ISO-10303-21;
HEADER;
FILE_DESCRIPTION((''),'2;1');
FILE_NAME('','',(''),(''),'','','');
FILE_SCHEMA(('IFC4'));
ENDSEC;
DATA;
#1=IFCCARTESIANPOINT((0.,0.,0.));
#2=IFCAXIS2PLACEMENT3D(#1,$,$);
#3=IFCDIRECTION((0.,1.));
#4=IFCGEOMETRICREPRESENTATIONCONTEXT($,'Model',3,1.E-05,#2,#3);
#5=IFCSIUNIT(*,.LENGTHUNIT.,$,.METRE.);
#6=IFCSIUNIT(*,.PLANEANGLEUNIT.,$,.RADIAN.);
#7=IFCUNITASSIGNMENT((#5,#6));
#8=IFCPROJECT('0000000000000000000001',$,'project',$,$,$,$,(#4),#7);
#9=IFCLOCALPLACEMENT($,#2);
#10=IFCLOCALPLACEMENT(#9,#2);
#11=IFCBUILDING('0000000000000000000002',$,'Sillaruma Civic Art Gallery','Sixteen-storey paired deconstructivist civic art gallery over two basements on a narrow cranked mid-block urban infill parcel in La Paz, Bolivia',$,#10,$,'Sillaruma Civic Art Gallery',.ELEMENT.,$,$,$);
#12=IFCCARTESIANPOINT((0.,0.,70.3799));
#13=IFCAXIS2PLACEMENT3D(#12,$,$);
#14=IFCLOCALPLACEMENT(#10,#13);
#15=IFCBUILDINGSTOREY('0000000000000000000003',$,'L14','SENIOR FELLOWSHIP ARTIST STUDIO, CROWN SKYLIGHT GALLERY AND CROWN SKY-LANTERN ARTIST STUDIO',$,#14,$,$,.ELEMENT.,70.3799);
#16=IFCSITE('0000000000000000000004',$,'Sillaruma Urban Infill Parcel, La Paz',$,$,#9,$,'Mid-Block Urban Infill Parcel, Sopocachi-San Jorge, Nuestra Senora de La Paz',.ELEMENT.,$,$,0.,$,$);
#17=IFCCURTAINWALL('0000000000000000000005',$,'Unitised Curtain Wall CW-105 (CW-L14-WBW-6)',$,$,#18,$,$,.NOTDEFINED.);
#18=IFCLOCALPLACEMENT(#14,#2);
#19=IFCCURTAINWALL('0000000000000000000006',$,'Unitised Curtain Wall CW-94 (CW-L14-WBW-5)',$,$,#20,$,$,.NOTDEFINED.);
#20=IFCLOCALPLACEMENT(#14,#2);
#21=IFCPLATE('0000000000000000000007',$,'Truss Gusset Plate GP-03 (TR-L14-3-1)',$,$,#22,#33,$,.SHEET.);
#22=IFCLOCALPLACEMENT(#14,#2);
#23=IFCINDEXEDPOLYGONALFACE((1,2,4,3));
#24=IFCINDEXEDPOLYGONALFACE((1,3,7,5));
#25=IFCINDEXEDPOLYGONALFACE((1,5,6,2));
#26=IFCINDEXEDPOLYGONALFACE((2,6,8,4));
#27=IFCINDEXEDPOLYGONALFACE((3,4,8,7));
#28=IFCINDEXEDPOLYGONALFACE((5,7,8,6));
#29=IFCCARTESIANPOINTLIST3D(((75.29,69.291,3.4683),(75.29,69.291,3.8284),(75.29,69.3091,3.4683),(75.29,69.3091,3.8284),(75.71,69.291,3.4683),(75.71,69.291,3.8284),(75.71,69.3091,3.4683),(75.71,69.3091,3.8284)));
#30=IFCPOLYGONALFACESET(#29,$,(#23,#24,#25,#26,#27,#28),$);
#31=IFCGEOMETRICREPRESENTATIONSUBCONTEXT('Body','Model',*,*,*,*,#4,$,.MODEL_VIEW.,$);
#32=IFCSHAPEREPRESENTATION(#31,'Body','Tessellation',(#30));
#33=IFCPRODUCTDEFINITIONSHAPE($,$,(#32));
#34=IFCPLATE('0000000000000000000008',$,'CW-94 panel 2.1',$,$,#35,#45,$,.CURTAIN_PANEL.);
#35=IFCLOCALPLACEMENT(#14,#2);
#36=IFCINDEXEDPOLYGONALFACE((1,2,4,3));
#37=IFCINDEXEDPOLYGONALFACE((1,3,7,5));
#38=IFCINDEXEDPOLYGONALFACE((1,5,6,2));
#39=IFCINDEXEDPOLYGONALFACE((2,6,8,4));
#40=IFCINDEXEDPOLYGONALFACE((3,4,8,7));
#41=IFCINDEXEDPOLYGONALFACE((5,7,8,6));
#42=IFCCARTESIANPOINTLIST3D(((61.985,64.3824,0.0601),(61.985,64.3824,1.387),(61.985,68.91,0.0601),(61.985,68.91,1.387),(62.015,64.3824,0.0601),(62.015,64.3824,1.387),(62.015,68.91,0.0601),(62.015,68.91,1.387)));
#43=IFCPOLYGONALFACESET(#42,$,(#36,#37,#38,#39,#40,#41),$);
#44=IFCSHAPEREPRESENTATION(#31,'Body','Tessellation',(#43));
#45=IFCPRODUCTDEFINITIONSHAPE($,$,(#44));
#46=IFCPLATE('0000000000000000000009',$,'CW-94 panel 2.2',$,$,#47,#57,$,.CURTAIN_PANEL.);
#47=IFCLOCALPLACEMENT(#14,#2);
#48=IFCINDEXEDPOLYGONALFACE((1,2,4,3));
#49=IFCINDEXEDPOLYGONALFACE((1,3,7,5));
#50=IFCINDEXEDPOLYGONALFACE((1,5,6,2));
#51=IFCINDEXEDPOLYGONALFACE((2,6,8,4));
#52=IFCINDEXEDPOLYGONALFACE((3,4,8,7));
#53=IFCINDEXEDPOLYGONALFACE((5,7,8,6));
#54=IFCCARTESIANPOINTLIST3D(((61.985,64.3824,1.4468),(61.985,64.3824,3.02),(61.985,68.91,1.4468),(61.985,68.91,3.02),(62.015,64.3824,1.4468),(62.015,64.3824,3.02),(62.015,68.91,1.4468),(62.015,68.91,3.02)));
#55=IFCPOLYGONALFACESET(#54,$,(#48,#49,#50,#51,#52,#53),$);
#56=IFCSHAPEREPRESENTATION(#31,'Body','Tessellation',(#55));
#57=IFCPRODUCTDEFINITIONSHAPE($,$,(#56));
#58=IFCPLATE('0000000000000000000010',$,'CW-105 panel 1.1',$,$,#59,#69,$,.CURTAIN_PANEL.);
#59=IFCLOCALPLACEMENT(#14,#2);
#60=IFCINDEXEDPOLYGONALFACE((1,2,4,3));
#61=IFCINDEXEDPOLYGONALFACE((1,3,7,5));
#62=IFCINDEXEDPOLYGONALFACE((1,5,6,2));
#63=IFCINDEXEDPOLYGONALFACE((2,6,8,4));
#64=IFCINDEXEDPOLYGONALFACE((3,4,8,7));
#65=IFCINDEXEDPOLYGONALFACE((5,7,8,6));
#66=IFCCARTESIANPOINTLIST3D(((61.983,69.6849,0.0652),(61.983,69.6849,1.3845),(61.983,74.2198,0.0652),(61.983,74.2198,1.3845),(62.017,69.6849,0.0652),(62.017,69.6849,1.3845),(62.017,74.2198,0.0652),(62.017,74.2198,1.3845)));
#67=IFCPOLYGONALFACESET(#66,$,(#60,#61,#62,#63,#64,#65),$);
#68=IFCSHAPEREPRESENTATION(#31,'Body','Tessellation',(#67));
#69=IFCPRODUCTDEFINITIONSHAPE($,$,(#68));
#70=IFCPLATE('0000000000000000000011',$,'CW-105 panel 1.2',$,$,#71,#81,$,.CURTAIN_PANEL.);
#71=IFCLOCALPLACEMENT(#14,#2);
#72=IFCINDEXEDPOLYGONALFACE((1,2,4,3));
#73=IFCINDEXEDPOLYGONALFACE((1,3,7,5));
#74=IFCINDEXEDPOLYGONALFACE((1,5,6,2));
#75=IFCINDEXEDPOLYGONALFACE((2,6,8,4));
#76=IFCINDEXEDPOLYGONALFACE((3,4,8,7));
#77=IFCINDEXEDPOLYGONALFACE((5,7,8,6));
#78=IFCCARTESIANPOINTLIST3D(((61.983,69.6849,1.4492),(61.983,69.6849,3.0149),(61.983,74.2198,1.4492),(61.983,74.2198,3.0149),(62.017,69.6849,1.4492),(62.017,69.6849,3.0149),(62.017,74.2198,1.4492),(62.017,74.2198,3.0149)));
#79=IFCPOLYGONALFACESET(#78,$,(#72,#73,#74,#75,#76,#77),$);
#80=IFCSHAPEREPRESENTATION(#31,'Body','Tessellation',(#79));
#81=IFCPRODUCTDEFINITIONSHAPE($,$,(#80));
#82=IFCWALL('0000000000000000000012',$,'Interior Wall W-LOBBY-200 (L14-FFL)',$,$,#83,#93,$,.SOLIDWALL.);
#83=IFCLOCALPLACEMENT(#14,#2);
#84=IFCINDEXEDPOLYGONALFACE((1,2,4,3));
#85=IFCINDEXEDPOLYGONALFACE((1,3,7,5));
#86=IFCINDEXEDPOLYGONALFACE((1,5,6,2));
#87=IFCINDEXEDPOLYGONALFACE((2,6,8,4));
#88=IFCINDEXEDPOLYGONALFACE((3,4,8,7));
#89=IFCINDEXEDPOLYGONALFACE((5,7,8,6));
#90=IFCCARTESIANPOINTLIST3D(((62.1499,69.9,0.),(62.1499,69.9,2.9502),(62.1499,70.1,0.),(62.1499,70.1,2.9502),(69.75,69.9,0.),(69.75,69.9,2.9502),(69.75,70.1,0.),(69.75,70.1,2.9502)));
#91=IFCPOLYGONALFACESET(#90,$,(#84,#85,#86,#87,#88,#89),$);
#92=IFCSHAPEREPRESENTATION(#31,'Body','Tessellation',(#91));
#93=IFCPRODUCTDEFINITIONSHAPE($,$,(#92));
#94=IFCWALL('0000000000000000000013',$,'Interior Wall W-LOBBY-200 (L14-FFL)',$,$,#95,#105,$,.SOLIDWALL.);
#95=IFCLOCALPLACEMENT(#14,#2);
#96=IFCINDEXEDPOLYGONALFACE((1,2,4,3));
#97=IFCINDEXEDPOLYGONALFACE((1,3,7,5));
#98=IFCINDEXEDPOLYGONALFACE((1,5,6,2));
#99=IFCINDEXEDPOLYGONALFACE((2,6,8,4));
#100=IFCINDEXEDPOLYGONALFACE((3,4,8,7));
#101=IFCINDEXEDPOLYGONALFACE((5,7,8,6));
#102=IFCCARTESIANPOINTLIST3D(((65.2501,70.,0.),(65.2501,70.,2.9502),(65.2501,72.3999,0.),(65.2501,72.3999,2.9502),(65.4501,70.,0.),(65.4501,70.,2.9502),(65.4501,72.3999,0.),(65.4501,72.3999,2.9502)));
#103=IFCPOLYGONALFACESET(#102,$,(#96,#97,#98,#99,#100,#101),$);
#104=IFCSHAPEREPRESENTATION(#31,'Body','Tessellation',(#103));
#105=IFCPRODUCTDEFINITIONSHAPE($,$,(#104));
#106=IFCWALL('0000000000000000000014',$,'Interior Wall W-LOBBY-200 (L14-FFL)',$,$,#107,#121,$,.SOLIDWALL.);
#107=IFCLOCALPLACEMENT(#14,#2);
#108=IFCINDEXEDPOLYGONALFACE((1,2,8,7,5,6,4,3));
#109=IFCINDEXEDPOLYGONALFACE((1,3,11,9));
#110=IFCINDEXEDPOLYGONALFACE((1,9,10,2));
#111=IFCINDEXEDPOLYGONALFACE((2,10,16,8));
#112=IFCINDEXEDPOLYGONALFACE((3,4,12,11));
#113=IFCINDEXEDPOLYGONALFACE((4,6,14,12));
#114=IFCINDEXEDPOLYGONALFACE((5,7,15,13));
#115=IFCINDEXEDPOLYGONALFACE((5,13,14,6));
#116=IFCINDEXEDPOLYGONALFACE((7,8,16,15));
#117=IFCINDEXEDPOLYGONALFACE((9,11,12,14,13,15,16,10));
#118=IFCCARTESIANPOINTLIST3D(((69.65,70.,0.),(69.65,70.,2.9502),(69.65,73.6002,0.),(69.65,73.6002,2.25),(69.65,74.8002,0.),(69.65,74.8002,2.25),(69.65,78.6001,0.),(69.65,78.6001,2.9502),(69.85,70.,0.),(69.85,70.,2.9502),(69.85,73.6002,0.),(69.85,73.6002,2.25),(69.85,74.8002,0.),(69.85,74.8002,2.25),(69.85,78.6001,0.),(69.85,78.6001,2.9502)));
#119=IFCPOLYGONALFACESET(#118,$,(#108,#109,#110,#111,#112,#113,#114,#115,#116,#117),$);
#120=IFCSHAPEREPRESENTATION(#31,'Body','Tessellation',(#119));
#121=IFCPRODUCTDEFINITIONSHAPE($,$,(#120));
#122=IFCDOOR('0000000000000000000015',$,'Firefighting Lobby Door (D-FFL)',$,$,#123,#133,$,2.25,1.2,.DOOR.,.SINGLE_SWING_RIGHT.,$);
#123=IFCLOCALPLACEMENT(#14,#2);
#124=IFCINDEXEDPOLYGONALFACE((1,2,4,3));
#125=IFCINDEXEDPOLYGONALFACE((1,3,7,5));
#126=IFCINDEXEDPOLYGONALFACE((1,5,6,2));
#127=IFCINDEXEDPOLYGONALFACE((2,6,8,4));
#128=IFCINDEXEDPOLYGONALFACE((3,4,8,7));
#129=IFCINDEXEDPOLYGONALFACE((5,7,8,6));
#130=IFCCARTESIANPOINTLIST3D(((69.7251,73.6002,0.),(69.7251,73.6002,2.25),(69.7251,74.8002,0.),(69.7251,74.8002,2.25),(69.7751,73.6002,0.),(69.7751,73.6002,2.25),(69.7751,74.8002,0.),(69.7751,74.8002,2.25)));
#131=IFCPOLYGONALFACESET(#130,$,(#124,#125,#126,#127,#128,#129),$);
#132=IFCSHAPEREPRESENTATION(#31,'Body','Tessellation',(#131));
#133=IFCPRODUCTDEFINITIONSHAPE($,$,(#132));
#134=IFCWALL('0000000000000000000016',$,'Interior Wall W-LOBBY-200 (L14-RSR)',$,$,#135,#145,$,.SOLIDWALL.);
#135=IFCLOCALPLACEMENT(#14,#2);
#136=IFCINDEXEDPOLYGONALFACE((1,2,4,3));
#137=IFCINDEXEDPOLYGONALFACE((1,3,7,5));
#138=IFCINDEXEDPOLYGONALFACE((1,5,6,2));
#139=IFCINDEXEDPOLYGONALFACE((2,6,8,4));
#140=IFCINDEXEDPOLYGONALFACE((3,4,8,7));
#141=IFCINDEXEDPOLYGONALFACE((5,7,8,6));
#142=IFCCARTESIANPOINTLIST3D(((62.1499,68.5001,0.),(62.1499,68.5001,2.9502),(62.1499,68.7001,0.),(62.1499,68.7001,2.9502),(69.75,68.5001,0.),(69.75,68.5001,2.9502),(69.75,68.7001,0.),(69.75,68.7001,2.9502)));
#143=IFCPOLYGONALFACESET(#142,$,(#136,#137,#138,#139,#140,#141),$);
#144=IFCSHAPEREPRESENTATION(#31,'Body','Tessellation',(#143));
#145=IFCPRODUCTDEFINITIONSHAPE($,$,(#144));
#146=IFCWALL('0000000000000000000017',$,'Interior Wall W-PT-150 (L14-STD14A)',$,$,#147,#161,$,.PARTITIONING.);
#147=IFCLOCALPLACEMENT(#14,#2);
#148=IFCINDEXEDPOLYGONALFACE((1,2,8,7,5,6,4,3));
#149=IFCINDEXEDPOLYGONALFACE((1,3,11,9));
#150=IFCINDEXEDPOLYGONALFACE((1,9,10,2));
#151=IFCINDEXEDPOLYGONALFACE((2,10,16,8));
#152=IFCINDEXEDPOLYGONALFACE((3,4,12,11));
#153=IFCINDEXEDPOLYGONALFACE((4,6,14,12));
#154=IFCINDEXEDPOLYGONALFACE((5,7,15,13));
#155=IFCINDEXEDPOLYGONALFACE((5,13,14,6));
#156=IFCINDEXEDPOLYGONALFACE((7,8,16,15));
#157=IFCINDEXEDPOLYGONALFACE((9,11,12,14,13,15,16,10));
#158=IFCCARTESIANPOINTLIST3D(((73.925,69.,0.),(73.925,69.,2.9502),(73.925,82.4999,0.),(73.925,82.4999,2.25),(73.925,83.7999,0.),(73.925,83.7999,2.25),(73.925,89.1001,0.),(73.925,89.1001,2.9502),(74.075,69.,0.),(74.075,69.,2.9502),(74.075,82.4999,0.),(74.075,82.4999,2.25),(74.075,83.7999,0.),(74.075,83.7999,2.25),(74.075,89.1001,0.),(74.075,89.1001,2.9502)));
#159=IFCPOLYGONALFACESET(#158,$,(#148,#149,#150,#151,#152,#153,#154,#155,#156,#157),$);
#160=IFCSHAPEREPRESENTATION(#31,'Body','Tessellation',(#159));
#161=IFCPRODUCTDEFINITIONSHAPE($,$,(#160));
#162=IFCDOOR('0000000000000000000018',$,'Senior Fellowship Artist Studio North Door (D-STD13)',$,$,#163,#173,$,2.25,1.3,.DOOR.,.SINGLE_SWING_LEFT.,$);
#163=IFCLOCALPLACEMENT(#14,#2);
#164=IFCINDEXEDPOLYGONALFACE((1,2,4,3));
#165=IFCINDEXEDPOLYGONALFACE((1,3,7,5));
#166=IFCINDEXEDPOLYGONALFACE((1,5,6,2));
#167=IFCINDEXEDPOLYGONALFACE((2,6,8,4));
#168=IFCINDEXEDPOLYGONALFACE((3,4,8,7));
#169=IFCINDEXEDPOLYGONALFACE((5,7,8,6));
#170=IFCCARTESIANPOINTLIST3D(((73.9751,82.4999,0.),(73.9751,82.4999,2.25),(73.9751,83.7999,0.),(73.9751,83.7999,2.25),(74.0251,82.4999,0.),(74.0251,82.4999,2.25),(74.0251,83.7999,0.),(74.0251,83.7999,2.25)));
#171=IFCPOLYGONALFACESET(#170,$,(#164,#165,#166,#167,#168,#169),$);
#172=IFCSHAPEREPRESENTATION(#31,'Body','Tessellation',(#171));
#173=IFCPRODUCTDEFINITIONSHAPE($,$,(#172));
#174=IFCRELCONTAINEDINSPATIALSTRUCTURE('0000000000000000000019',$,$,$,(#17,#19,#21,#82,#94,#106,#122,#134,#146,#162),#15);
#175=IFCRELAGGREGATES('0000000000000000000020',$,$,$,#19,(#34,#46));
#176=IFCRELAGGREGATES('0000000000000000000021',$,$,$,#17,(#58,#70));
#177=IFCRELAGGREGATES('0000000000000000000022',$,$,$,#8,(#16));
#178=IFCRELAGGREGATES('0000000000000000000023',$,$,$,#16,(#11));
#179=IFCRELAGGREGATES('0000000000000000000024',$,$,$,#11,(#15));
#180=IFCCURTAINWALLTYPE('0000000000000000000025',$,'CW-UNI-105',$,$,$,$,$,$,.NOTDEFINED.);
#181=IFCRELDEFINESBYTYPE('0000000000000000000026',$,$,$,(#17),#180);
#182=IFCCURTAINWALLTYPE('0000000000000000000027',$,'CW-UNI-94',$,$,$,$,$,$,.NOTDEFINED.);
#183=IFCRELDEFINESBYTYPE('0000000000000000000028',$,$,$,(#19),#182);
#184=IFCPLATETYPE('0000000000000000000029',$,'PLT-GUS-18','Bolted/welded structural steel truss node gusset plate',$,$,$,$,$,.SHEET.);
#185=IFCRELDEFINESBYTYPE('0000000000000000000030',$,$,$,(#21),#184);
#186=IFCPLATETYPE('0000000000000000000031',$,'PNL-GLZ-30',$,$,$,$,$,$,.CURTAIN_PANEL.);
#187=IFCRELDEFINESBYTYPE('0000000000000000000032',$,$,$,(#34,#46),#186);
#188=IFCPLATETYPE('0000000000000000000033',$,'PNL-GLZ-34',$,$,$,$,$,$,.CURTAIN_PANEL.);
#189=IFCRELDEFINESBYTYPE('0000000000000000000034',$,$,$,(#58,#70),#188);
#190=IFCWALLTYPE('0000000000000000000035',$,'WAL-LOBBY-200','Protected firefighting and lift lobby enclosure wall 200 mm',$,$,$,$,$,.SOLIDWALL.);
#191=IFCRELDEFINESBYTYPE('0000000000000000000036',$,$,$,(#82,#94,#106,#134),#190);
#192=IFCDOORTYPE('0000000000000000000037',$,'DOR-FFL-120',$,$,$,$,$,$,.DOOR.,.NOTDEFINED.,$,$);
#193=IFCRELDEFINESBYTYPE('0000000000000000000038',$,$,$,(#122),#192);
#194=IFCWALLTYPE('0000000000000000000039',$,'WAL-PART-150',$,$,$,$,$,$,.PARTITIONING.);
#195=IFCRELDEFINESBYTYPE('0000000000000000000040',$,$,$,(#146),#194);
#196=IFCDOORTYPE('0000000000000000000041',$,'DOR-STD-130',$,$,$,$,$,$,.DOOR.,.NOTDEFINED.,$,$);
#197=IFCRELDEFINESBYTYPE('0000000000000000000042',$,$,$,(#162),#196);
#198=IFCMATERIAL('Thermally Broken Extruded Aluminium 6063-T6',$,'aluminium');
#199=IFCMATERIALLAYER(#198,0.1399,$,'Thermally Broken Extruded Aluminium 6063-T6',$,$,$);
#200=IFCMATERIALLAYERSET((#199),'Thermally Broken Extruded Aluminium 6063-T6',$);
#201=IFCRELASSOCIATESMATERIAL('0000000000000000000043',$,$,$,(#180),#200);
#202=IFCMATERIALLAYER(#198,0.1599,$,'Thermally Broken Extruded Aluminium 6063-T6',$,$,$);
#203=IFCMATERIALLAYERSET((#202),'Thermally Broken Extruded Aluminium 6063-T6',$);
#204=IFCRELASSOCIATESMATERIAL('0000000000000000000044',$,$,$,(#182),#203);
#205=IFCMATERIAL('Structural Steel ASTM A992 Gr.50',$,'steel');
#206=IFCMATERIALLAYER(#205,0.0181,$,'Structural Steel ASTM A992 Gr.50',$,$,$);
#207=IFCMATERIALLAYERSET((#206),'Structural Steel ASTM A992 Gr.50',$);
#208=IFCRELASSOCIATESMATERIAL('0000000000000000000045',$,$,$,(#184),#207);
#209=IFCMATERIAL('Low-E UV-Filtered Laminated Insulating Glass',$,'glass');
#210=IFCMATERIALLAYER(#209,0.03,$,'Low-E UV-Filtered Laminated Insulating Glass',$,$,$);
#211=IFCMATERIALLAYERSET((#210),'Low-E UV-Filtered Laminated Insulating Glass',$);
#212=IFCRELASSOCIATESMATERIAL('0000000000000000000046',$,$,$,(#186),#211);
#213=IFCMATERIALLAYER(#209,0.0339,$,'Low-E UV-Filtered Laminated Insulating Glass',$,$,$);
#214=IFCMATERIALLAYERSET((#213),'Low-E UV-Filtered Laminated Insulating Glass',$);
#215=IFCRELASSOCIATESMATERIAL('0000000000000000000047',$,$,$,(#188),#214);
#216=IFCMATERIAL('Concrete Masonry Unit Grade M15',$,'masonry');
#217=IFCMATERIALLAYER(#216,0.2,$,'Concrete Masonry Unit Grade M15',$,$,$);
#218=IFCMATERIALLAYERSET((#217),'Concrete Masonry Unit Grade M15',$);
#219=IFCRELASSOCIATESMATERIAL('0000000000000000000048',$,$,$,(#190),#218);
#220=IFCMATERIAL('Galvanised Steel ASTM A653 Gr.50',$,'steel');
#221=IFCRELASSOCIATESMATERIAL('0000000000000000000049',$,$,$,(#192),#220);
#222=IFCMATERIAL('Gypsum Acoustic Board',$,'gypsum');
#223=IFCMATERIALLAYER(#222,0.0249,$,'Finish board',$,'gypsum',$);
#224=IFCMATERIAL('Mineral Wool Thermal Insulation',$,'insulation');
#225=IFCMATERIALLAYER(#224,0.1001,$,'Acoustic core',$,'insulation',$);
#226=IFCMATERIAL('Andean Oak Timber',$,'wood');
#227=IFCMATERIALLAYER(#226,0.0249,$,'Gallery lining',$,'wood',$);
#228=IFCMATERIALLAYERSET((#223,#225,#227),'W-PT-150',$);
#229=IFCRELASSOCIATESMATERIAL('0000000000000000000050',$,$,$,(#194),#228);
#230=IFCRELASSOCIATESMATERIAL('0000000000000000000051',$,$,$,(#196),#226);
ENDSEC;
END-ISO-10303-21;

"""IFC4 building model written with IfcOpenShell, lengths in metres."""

from ifc_helpers import new_model, si_unit, direction, frame, frame_2d, origin, origin_2d, place, context, subcontext, project, spatial, rectangle, extrude, material, layer, layer_set, type_object, element, fill, aggregate, save


model = new_model("IFC4")

# Units and contexts
model_context = context("Model", 3, precision=1e-05, world=origin(), true_north=direction((0.0, 1.0)))
body_context = subcontext(model_context, "Body", "Model", "MODEL_VIEW")
ifc_project = project(units=[si_unit("LENGTHUNIT", "METRE"), si_unit("PLANEANGLEUNIT", "RADIAN")], contexts=[model_context])

# Site, building, storey
site_placement = place(None, origin())
site = spatial("IfcSite", under=ifc_project, at=site_placement, Name="Sillaruma Urban Infill Parcel, La Paz", LongName="Mid-Block Urban Infill Parcel, Sopocachi-San Jorge, Nuestra Senora de La Paz", CompositionType="ELEMENT", RefElevation=0.0)
building_placement = place(site_placement, origin())
building = spatial("IfcBuilding", under=site, at=building_placement, Name="Sillaruma Civic Art Gallery", Description="Sixteen-storey paired deconstructivist civic art gallery over two basements on a narrow cranked mid-block urban infill parcel in La Paz, Bolivia", LongName="Sillaruma Civic Art Gallery", CompositionType="ELEMENT")
storey_placement = place(building_placement, frame((0.0, 0.0, 70.3799)))
storey = spatial("IfcBuildingStorey", under=building, at=storey_placement, Name="L14", Description="SENIOR FELLOWSHIP ARTIST STUDIO, CROWN SKYLIGHT GALLERY AND CROWN SKY-LANTERN ARTIST STUDIO", CompositionType="ELEMENT", Elevation=70.3799)

# Shared definitions
ifc_material_1 = material(Name="Structural Steel ASTM A992 Gr.50", Category="steel")

# Curtain wall
ifc_material_2 = material(Name="Thermally Broken Extruded Aluminium 6063-T6", Category="aluminium")
ifc_layer_1 = layer(ifc_material_2, 0.1399, Name="Thermally Broken Extruded Aluminium 6063-T6")
ifc_layer_set_1 = layer_set([ifc_layer_1], Name="Thermally Broken Extruded Aluminium 6063-T6")
curtain_wall_type_1 = type_object("IfcCurtainWallType", Name="CW-UNI-105", PredefinedType="NOTDEFINED", material=ifc_layer_set_1)
curtain_wall_1_placement = place(storey_placement, origin())
curtain_wall_1 = element("IfcCurtainWall", 1, at=curtain_wall_1_placement, inside=storey, type_object=curtain_wall_type_1, Name="Unitised Curtain Wall CW-105 (CW-L14-WBW-6)", PredefinedType="NOTDEFINED")

# Curtain wall
ifc_layer_2 = layer(ifc_material_2, 0.1599, Name="Thermally Broken Extruded Aluminium 6063-T6")
ifc_layer_set_2 = layer_set([ifc_layer_2], Name="Thermally Broken Extruded Aluminium 6063-T6")
curtain_wall_type_2 = type_object("IfcCurtainWallType", Name="CW-UNI-94", PredefinedType="NOTDEFINED", material=ifc_layer_set_2)
curtain_wall_2_placement = place(storey_placement, origin())
curtain_wall_2 = element("IfcCurtainWall", 2, at=curtain_wall_2_placement, inside=storey, type_object=curtain_wall_type_2, Name="Unitised Curtain Wall CW-94 (CW-L14-WBW-5)", PredefinedType="NOTDEFINED")

# Plates
ifc_layer_3 = layer(ifc_material_1, 0.0181, Name="Structural Steel ASTM A992 Gr.50")
ifc_layer_set_3 = layer_set([ifc_layer_3], Name="Structural Steel ASTM A992 Gr.50")
plate_type_1 = type_object("IfcPlateType", Name="PLT-GUS-18", Description="Bolted/welded structural steel truss node gusset plate", PredefinedType="SHEET", material=ifc_layer_set_3)
plate_1_placement = place(storey_placement, frame((75.5, 69.3, 3.4683), z_axis=(0.0, 0.0, 1.0), x_axis=(1.0, 0.0, 0.0)))
element("IfcPlate", 3, at=plate_1_placement, inside=storey, type_object=plate_type_1, Name="Truss Gusset Plate GP-03 (TR-L14-3-1)", PredefinedType="SHEET", context=body_context, shape_type="SweptSolid", body=[
    extrude(rectangle(XDim=0.4199, YDim=0.0181, at=origin_2d()), origin(), (0.0, 0.0, 1.0), 0.3601),
])
ifc_material_3 = material(Name="Low-E UV-Filtered Laminated Insulating Glass", Category="glass")
ifc_layer_4 = layer(ifc_material_3, 0.03, Name="Low-E UV-Filtered Laminated Insulating Glass")
ifc_layer_set_4 = layer_set([ifc_layer_4], Name="Low-E UV-Filtered Laminated Insulating Glass")
plate_type_2 = type_object("IfcPlateType", Name="PNL-GLZ-30", PredefinedType="CURTAIN_PANEL", material=ifc_layer_set_4)
plate_2_placement = place(storey_placement, frame((62.0, 66.6462, 0.0601), z_axis=(0.0, 0.0, 1.0), x_axis=(0.0, 1.0, 0.0)))
plate_2 = element("IfcPlate", 4, at=plate_2_placement, type_object=plate_type_2, Name="CW-94 panel 2.1", PredefinedType="CURTAIN_PANEL", context=body_context, shape_type="SweptSolid", body=[
    extrude(rectangle(XDim=4.5276, YDim=0.03, at=origin_2d()), origin(), (0.0, 0.0, 1.0), 1.3269),
])
plate_3_placement = place(storey_placement, frame((62.0, 66.6462, 1.4468), z_axis=(0.0, 0.0, 1.0), x_axis=(0.0, 1.0, 0.0)))
plate_3 = element("IfcPlate", 5, at=plate_3_placement, type_object=plate_type_2, Name="CW-94 panel 2.2", PredefinedType="CURTAIN_PANEL", context=body_context, shape_type="SweptSolid", body=[
    extrude(rectangle(XDim=4.5276, YDim=0.03, at=origin_2d()), origin(), (0.0, 0.0, 1.0), 1.5732),
])
aggregate(curtain_wall_2, [plate_2, plate_3])
ifc_layer_5 = layer(ifc_material_3, 0.0339, Name="Low-E UV-Filtered Laminated Insulating Glass")
ifc_layer_set_5 = layer_set([ifc_layer_5], Name="Low-E UV-Filtered Laminated Insulating Glass")
plate_type_3 = type_object("IfcPlateType", Name="PNL-GLZ-34", PredefinedType="CURTAIN_PANEL", material=ifc_layer_set_5)
plate_4_placement = place(storey_placement, frame((62.0, 71.9524, 0.0652), z_axis=(0.0, 0.0, 1.0), x_axis=(0.0, 1.0, 0.0)))
plate_4 = element("IfcPlate", 6, at=plate_4_placement, type_object=plate_type_3, Name="CW-105 panel 1.1", PredefinedType="CURTAIN_PANEL", context=body_context, shape_type="SweptSolid", body=[
    extrude(rectangle(XDim=4.5349, YDim=0.0339, at=origin_2d()), origin(), (0.0, 0.0, 1.0), 1.3193),
])
plate_5_placement = place(storey_placement, frame((62.0, 71.9524, 1.4492), z_axis=(0.0, 0.0, 1.0), x_axis=(0.0, 1.0, 0.0)))
plate_5 = element("IfcPlate", 7, at=plate_5_placement, type_object=plate_type_3, Name="CW-105 panel 1.2", PredefinedType="CURTAIN_PANEL", context=body_context, shape_type="SweptSolid", body=[
    extrude(rectangle(XDim=4.5349, YDim=0.0339, at=origin_2d()), origin(), (0.0, 0.0, 1.0), 1.5657),
])
aggregate(curtain_wall_1, [plate_4, plate_5])

# Walls
ifc_material_4 = material(Name="Concrete Masonry Unit Grade M15", Category="masonry")
ifc_layer_6 = layer(ifc_material_4, 0.2, Name="Concrete Masonry Unit Grade M15")
ifc_layer_set_6 = layer_set([ifc_layer_6], Name="Concrete Masonry Unit Grade M15")
wall_type_1 = type_object("IfcWallType", Name="WAL-LOBBY-200", Description="Protected firefighting and lift lobby enclosure wall 200 mm", PredefinedType="SOLIDWALL", material=ifc_layer_set_6)
wall_1_placement = place(storey_placement, frame((62.1499, 70.0, 0.0), z_axis=(0.0, 0.0, 1.0), x_axis=(1.0, 0.0, 0.0)))
element("IfcWall", 8, at=wall_1_placement, inside=storey, type_object=wall_type_1, Name="Interior Wall W-LOBBY-200 (L14-FFL)", PredefinedType="SOLIDWALL", context=body_context, shape_type="SweptSolid", body=[
    extrude(rectangle(XDim=7.6001, YDim=0.2, at=frame_2d((3.8, 0.0))), origin(), (0.0, 0.0, 1.0), 2.9502),
])
wall_2_placement = place(storey_placement, frame((65.3501, 70.0, 0.0), z_axis=(0.0, 0.0, 1.0), x_axis=(0.0, 1.0, 0.0)))
element("IfcWall", 9, at=wall_2_placement, inside=storey, type_object=wall_type_1, Name="Interior Wall W-LOBBY-200 (L14-FFL)", PredefinedType="SOLIDWALL", context=body_context, shape_type="SweptSolid", body=[
    extrude(rectangle(XDim=2.3999, YDim=0.2, at=frame_2d((1.2, 0.0))), origin(), (0.0, 0.0, 1.0), 2.9502),
])

# Wall, opening, door
wall_3_placement = place(storey_placement, frame((69.75, 70.0, 0.0), z_axis=(0.0, 0.0, 1.0), x_axis=(0.0, 1.0, 0.0)))
wall_3 = element("IfcWall", 10, at=wall_3_placement, inside=storey, type_object=wall_type_1, Name="Interior Wall W-LOBBY-200 (L14-FFL)", PredefinedType="SOLIDWALL", context=body_context, shape_type="SweptSolid", body=[
    extrude(rectangle(XDim=8.6001, YDim=0.2, at=frame_2d((4.3, 0.0))), origin(), (0.0, 0.0, 1.0), 2.9502),
])
opening_1_placement = place(wall_3_placement, frame((3.6001, 0.0, 0.0)))
opening_1 = element("IfcOpeningElement", 11, at=opening_1_placement, cuts=wall_3, PredefinedType="OPENING", context=body_context, shape_type="SweptSolid", body=[
    extrude(rectangle(XDim=1.2, YDim=2.25, at=frame_2d((0.6001, 1.125))), frame((0.0, 0.1099, 0.0), z_axis=(0.0, -1.0, 0.0), x_axis=(1.0, 0.0, 0.0)), (0.0, 0.0, 1.0), 0.22),
])
ifc_material_5 = material(Name="Galvanised Steel ASTM A653 Gr.50", Category="steel")
door_type_1 = type_object("IfcDoorType", Name="DOR-FFL-120", OperationType="NOTDEFINED", PredefinedType="DOOR", material=ifc_material_5)
door_1_placement = place(opening_1_placement, origin())
door_1 = element("IfcDoor", 12, at=door_1_placement, inside=storey, type_object=door_type_1, Name="Firefighting Lobby Door (D-FFL)", OperationType="SINGLE_SWING_RIGHT", OverallHeight=2.25, OverallWidth=1.2, PredefinedType="DOOR", context=body_context, shape_type="SweptSolid", body=[
    extrude(rectangle(XDim=1.2, YDim=2.25, at=frame_2d((0.6001, 1.125))), frame((0.0, 0.0249, 0.0), z_axis=(0.0, -1.0, 0.0), x_axis=(1.0, 0.0, 0.0)), (0.0, 0.0, 1.0), 0.05),
])
fill(opening_1, door_1)

# Wall
wall_4_placement = place(storey_placement, frame((62.1499, 68.6001, 0.0), z_axis=(0.0, 0.0, 1.0), x_axis=(1.0, 0.0, 0.0)))
element("IfcWall", 13, at=wall_4_placement, inside=storey, type_object=wall_type_1, Name="Interior Wall W-LOBBY-200 (L14-RSR)", PredefinedType="SOLIDWALL", context=body_context, shape_type="SweptSolid", body=[
    extrude(rectangle(XDim=7.6001, YDim=0.2, at=frame_2d((3.8, 0.0))), origin(), (0.0, 0.0, 1.0), 2.9502),
])

# Wall, opening, door
ifc_material_6 = material(Name="Gypsum Acoustic Board", Category="gypsum")
ifc_layer_7 = layer(ifc_material_6, 0.0249, Name="Finish board", Category="gypsum")
ifc_material_7 = material(Name="Mineral Wool Thermal Insulation", Category="insulation")
ifc_layer_8 = layer(ifc_material_7, 0.1001, Name="Acoustic core", Category="insulation")
ifc_material_8 = material(Name="Andean Oak Timber", Category="wood")
ifc_layer_9 = layer(ifc_material_8, 0.0249, Name="Gallery lining", Category="wood")
ifc_layer_set_7 = layer_set([ifc_layer_7, ifc_layer_8, ifc_layer_9], Name="W-PT-150")
wall_type_2 = type_object("IfcWallType", Name="WAL-PART-150", PredefinedType="PARTITIONING", material=ifc_layer_set_7)
wall_5_placement = place(storey_placement, frame((74.0, 69.0, 0.0), z_axis=(0.0, 0.0, 1.0), x_axis=(0.0, 1.0, 0.0)))
wall_5 = element("IfcWall", 14, at=wall_5_placement, inside=storey, type_object=wall_type_2, Name="Interior Wall W-PT-150 (L14-STD14A)", PredefinedType="PARTITIONING", context=body_context, shape_type="SweptSolid", body=[
    extrude(rectangle(XDim=20.1001, YDim=0.1499, at=frame_2d((10.05, 0.0))), origin(), (0.0, 0.0, 1.0), 2.9502),
])
opening_2_placement = place(wall_5_placement, frame((13.5, 0.0, 0.0)))
opening_2 = element("IfcOpeningElement", 15, at=opening_2_placement, cuts=wall_5, PredefinedType="OPENING", context=body_context, shape_type="SweptSolid", body=[
    extrude(rectangle(XDim=1.3, YDim=2.25, at=frame_2d((0.6499, 1.125))), frame((0.0, 0.085, 0.0), z_axis=(0.0, -1.0, 0.0), x_axis=(1.0, 0.0, 0.0)), (0.0, 0.0, 1.0), 0.1699),
])
door_type_2 = type_object("IfcDoorType", Name="DOR-STD-130", OperationType="NOTDEFINED", PredefinedType="DOOR", material=ifc_material_8)
door_2_placement = place(opening_2_placement, origin())
door_2 = element("IfcDoor", 16, at=door_2_placement, inside=storey, type_object=door_type_2, Name="Senior Fellowship Artist Studio North Door (D-STD13)", OperationType="SINGLE_SWING_LEFT", OverallHeight=2.25, OverallWidth=1.3, PredefinedType="DOOR", context=body_context, shape_type="SweptSolid", body=[
    extrude(rectangle(XDim=1.3, YDim=2.25, at=frame_2d((0.6499, 1.125))), frame((0.0, 0.0249, 0.0), z_axis=(0.0, -1.0, 0.0), x_axis=(1.0, 0.0, 0.0)), (0.0, 0.0, 1.0), 0.05),
])
fill(opening_2, door_2)

save(model, "model.ifc")
